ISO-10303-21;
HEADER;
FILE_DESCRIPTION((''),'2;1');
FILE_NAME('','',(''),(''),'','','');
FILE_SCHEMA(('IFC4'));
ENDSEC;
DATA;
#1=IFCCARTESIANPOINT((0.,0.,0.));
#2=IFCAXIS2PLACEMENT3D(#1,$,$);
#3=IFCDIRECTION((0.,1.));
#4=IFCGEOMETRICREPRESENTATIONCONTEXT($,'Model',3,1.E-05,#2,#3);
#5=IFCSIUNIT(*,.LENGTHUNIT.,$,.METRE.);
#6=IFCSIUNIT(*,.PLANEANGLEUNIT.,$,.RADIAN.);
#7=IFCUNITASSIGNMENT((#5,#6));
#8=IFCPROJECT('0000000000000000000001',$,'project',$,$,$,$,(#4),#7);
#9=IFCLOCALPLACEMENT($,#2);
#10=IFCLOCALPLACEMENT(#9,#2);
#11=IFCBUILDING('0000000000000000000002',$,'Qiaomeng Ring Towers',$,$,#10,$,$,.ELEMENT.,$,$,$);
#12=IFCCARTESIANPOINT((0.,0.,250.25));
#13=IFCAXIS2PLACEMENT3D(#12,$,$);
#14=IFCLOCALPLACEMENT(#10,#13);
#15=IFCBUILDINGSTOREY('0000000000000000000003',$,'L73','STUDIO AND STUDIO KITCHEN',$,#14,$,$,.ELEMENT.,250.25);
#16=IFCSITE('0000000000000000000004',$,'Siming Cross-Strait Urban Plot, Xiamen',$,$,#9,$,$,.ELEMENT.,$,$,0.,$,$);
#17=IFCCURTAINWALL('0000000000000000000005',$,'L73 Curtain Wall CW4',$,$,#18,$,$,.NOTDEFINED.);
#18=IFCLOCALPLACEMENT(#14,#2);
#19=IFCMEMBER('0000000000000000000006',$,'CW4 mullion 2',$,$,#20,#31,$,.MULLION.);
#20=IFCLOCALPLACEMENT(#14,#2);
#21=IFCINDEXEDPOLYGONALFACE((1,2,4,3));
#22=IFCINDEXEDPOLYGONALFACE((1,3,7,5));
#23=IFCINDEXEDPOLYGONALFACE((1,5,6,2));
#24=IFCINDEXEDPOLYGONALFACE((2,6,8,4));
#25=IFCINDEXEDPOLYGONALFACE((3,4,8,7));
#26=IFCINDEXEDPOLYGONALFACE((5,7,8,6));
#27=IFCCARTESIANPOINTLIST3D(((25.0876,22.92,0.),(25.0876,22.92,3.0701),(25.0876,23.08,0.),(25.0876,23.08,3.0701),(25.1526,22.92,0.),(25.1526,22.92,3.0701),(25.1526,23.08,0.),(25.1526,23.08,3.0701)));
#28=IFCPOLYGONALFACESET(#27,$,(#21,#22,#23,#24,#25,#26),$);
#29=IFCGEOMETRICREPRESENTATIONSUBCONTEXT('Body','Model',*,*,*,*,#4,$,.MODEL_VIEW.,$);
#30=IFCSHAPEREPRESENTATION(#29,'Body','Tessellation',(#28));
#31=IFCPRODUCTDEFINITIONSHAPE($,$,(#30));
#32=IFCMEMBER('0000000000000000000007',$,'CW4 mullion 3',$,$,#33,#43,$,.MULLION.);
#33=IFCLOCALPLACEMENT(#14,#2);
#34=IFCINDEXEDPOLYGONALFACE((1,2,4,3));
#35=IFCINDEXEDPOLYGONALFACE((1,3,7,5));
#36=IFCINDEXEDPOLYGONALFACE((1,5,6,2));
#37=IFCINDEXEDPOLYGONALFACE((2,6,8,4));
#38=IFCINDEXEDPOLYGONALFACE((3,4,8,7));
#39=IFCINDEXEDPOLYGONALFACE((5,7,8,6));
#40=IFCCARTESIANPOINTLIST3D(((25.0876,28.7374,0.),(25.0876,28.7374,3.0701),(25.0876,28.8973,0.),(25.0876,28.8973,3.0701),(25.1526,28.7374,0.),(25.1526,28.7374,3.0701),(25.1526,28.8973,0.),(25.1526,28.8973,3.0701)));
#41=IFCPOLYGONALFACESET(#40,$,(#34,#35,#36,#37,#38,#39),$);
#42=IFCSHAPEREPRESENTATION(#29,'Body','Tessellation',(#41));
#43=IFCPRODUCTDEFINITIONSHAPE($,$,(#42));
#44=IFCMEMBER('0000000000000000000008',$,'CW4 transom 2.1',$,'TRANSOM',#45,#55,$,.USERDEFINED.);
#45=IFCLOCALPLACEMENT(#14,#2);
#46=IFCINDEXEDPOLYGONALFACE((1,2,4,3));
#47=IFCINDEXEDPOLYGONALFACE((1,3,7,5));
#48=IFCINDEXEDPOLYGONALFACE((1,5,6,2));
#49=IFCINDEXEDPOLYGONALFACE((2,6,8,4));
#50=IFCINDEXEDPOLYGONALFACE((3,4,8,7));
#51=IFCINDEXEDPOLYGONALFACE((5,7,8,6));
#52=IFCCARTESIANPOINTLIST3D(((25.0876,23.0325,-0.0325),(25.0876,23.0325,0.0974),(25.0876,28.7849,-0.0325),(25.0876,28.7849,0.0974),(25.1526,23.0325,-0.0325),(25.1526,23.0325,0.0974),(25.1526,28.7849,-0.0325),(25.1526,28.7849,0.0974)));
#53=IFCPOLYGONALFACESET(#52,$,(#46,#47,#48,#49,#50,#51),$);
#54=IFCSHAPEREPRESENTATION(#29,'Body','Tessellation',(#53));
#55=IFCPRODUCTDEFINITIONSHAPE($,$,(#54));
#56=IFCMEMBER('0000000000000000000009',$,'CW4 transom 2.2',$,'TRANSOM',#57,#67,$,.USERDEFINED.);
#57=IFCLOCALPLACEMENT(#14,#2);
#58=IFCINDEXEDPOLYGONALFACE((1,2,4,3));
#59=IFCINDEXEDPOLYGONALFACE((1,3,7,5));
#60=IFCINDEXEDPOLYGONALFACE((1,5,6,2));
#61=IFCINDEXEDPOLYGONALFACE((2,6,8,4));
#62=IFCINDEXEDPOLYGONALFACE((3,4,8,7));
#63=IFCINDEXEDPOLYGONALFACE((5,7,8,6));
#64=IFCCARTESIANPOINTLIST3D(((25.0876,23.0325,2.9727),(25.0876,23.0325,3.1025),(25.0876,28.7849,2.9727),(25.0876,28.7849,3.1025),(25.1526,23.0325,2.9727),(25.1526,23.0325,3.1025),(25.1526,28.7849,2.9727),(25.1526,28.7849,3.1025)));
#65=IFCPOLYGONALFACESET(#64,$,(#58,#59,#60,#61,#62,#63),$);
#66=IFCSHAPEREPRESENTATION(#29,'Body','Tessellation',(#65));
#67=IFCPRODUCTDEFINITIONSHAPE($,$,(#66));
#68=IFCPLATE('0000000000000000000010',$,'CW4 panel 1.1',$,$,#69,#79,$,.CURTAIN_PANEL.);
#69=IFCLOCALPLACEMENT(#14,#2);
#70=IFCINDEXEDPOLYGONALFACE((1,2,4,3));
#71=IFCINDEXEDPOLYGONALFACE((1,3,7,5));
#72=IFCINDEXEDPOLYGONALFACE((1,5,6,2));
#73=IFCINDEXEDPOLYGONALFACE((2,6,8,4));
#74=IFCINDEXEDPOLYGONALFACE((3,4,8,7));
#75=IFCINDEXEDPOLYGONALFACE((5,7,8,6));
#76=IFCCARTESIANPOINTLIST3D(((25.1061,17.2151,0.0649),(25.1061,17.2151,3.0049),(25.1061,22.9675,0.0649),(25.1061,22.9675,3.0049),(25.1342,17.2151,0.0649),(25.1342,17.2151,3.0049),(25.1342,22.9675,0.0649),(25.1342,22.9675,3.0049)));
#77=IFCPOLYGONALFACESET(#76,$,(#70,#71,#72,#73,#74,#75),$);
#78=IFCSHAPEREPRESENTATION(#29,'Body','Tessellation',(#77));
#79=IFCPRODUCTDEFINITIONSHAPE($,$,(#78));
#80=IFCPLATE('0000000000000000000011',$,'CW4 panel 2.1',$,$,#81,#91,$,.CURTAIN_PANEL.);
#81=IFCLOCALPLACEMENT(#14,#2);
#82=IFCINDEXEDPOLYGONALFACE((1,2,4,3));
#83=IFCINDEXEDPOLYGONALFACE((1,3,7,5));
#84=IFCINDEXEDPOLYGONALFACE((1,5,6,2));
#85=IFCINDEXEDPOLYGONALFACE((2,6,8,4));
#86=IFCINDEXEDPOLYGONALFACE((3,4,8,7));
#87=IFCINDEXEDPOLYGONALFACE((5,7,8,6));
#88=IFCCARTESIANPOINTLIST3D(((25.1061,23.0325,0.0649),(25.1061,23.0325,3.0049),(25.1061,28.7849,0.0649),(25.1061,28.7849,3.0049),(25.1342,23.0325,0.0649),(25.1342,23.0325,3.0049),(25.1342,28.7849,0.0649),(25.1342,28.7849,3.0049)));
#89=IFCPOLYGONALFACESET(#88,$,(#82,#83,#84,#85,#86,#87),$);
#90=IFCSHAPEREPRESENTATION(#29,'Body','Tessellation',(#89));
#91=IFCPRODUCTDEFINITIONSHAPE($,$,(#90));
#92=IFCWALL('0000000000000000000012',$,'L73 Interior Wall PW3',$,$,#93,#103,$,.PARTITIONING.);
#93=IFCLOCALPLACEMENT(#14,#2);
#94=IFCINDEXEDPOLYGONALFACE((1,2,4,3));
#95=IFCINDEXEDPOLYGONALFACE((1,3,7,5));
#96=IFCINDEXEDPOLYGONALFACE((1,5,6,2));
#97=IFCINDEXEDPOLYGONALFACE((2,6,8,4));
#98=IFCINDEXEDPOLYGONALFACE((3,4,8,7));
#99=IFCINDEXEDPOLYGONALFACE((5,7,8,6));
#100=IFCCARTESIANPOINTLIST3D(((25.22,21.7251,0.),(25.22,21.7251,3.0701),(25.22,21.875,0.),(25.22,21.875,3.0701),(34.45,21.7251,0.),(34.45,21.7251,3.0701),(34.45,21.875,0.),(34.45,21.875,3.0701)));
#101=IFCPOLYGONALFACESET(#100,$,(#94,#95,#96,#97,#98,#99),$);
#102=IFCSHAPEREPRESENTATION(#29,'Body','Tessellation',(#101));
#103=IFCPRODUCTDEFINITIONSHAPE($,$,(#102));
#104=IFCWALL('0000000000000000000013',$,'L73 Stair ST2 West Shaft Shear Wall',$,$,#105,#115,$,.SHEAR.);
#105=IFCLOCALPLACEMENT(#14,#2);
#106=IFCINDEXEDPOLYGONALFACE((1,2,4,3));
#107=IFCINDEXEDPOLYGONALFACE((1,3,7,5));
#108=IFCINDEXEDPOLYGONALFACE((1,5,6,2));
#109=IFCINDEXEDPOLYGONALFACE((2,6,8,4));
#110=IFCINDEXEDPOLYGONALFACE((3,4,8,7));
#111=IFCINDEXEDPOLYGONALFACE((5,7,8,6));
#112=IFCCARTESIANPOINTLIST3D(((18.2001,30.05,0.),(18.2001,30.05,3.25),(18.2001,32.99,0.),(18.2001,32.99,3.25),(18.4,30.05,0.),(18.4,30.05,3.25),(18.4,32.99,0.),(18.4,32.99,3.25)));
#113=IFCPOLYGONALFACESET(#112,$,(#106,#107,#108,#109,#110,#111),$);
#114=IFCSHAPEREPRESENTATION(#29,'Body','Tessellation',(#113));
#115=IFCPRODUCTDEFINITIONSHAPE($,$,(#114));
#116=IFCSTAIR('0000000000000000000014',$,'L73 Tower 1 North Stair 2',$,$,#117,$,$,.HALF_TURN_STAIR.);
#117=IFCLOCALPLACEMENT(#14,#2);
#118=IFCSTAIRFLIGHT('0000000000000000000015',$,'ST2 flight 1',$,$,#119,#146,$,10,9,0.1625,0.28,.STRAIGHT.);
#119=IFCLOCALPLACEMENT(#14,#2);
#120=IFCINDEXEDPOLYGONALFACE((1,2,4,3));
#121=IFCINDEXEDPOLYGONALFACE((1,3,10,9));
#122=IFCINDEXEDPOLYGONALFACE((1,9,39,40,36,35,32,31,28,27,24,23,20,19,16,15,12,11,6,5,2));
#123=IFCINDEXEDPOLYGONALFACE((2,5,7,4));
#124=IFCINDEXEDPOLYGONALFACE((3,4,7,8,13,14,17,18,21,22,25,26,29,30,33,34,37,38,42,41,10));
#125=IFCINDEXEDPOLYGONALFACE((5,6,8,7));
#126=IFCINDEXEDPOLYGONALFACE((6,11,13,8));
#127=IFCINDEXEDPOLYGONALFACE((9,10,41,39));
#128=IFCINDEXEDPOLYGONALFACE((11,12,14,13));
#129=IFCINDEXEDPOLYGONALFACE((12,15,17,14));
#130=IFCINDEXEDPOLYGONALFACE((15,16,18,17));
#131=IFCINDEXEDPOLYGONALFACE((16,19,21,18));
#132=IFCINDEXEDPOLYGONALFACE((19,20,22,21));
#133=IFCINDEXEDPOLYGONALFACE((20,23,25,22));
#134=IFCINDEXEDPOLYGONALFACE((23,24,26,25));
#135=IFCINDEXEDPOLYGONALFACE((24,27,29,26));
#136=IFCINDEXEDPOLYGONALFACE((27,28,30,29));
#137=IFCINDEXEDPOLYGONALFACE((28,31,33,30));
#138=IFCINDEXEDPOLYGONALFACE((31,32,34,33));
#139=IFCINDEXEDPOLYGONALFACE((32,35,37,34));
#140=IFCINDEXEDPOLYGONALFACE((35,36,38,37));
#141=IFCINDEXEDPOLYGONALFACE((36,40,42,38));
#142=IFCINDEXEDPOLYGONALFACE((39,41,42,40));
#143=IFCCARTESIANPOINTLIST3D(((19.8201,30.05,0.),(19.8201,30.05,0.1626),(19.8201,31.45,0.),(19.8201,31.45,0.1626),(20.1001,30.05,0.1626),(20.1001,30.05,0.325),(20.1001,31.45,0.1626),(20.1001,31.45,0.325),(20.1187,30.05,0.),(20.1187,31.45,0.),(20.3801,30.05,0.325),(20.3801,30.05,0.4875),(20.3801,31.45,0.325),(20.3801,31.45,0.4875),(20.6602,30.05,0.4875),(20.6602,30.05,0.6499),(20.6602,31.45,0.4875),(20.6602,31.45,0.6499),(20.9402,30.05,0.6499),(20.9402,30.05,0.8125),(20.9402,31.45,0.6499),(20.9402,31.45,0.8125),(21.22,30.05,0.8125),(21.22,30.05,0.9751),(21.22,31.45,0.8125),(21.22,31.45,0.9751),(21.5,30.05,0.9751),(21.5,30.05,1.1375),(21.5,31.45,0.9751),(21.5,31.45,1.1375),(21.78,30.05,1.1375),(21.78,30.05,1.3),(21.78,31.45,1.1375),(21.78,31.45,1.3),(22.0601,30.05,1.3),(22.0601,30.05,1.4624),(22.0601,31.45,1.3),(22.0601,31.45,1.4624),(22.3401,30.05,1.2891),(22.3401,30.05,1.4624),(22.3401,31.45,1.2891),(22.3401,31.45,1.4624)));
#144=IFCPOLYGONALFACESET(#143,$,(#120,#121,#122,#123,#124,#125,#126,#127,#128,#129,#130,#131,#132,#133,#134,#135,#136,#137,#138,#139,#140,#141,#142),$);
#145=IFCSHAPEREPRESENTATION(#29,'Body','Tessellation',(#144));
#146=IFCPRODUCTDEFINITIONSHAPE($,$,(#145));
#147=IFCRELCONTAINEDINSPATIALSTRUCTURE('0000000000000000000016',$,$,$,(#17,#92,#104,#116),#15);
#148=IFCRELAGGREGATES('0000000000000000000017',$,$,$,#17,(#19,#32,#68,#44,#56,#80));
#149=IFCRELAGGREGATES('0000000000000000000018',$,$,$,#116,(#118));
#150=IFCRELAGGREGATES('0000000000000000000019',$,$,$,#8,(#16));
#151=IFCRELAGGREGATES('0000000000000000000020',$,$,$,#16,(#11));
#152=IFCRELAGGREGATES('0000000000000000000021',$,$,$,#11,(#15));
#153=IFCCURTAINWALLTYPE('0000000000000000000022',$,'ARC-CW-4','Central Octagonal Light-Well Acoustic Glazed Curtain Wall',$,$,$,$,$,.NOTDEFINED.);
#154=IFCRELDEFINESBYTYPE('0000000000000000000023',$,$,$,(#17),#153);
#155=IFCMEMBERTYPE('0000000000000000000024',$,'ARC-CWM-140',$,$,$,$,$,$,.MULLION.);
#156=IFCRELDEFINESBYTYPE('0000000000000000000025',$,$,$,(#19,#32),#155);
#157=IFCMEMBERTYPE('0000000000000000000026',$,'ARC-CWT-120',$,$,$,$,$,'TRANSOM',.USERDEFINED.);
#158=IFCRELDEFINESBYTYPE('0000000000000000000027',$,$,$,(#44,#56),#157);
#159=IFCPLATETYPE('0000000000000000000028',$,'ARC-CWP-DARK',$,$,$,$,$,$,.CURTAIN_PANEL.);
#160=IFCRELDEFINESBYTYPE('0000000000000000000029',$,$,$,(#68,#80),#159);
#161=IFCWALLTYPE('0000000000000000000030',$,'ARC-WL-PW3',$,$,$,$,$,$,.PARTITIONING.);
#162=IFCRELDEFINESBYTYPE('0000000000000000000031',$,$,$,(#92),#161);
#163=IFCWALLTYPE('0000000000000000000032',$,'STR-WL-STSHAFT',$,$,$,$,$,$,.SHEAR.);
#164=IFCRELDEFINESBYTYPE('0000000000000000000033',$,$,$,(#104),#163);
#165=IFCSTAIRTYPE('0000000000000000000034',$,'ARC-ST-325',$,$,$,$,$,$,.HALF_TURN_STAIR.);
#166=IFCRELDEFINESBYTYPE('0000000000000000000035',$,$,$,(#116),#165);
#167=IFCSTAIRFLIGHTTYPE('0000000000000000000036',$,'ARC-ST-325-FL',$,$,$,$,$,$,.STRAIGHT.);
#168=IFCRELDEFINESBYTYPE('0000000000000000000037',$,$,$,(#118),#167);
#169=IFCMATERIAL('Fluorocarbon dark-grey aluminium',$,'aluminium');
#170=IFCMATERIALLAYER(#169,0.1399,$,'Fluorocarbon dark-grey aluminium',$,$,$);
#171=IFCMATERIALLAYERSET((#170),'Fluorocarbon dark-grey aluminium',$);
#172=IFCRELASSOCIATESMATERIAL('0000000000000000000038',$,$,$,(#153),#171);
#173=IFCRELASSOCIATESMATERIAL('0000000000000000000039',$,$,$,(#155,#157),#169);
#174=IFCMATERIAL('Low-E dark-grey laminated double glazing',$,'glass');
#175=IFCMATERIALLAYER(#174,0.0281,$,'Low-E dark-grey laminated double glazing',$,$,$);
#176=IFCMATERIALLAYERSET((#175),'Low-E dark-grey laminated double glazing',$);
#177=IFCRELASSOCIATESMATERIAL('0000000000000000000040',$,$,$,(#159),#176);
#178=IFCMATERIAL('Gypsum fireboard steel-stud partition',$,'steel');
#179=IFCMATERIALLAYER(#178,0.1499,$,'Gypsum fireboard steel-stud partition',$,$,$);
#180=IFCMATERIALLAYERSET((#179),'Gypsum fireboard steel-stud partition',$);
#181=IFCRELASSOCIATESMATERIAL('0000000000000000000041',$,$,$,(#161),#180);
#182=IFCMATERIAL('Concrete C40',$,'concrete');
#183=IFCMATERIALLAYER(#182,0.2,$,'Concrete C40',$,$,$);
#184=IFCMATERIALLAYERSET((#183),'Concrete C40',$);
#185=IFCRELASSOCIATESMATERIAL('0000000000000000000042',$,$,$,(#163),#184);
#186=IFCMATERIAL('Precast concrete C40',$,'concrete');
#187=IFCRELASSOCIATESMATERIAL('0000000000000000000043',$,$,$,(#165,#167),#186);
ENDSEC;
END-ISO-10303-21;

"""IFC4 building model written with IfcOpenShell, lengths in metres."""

from ifc_helpers import new_model, si_unit, direction, frame, frame_2d, origin, origin_2d, place, context, subcontext, project, spatial, polyline, rectangle, outline, extrude, source, transform, mapped, material, layer, layer_set, material_profile, profile_set, type_object, element, aggregate, save


model = new_model("IFC4")

# Units and contexts
model_context = context("Model", 3, precision=1e-05, world=origin(), true_north=direction((0.0, 1.0)))
body_context = subcontext(model_context, "Body", "Model", "MODEL_VIEW")
ifc_project = project(units=[si_unit("LENGTHUNIT", "METRE"), si_unit("PLANEANGLEUNIT", "RADIAN")], contexts=[model_context])

# Site, building, storey
site_placement = place(None, origin())
site = spatial("IfcSite", under=ifc_project, at=site_placement, Name="Siming Cross-Strait Urban Plot, Xiamen", CompositionType="ELEMENT", RefElevation=0.0)
building_placement = place(site_placement, origin())
building = spatial("IfcBuilding", under=site, at=building_placement, Name="Qiaomeng Ring Towers", CompositionType="ELEMENT")
storey_placement = place(building_placement, frame((0.0, 0.0, 250.25)))
storey = spatial("IfcBuildingStorey", under=building, at=storey_placement, Name="L73", Description="STUDIO AND STUDIO KITCHEN", CompositionType="ELEMENT", Elevation=250.25)

# Curtain wall, members, plates
ifc_material_1 = material(Name="Fluorocarbon dark-grey aluminium", Category="aluminium")
ifc_layer_1 = layer(ifc_material_1, 0.1399, Name="Fluorocarbon dark-grey aluminium")
ifc_layer_set_1 = layer_set([ifc_layer_1], Name="Fluorocarbon dark-grey aluminium")
curtain_wall_type = type_object("IfcCurtainWallType", Name="ARC-CW-4", Description="Central Octagonal Light-Well Acoustic Glazed Curtain Wall", PredefinedType="NOTDEFINED", material=ifc_layer_set_1)
curtain_wall_placement = place(storey_placement, origin())
curtain_wall = element("IfcCurtainWall", 1, at=curtain_wall_placement, inside=storey, type_object=curtain_wall_type, Name="L73 Curtain Wall CW4", PredefinedType="NOTDEFINED")
ifc_material_profile_1 = material_profile(ifc_material_1, rectangle(XDim=0.0649, YDim=0.1599, at=origin_2d()), Name="ALU MULL 65x160")
ifc_profile_set_1 = profile_set([ifc_material_profile_1], Name="Fluorocarbon dark-grey aluminium")
member_type_1 = type_object("IfcMemberType", Name="ARC-CWM-140", PredefinedType="MULLION", material=ifc_profile_set_1)
shared_shape_1 = source(origin(), body_context, "Body", "SweptSolid", [
    extrude(rectangle(XDim=0.0649, YDim=0.1599, at=origin_2d()), origin(), (0.0, 0.0, 1.0), 3.0701),
])
member_1_placement = place(storey_placement, frame((25.1201, 23.0, 0.0), z_axis=(0.0, 0.0, 1.0), x_axis=(-1.0, 0.0, 0.0)))
member_1 = element("IfcMember", 2, at=member_1_placement, type_object=member_type_1, Name="CW4 mullion 2", PredefinedType="MULLION", context=body_context, shape_type="MappedRepresentation", body=[
    mapped(shared_shape_1, transform((0.0, 0.0, 0.0), x_axis=(1.0, 0.0, 0.0), y_axis=(0.0, 1.0, 0.0), z_axis=(0.0, 0.0, 1.0), scale=1.0)),
])
member_2_placement = place(storey_placement, frame((25.1201, 28.8174, 0.0), z_axis=(0.0, 0.0, 1.0), x_axis=(-1.0, 0.0, 0.0)))
member_2 = element("IfcMember", 3, at=member_2_placement, type_object=member_type_1, Name="CW4 mullion 3", PredefinedType="MULLION", context=body_context, shape_type="MappedRepresentation", body=[
    mapped(shared_shape_1, transform((0.0, 0.0, 0.0), x_axis=(1.0, 0.0, 0.0), y_axis=(0.0, 1.0, 0.0), z_axis=(0.0, 0.0, 1.0), scale=1.0)),
])
ifc_material_profile_2 = material_profile(ifc_material_1, rectangle(XDim=0.0649, YDim=0.1299, at=origin_2d()), Name="ALU TRAN 65x130")
ifc_profile_set_2 = profile_set([ifc_material_profile_2], Name="Fluorocarbon dark-grey aluminium")
member_type_2 = type_object("IfcMemberType", Name="ARC-CWT-120", ElementType="TRANSOM", PredefinedType="USERDEFINED", material=ifc_profile_set_2)
shared_shape_2 = source(origin(), body_context, "Body", "SweptSolid", [
    extrude(rectangle(XDim=0.0649, YDim=0.1299, at=origin_2d()), origin(), (0.0, 0.0, 1.0), 5.7524),
])
member_3_placement = place(storey_placement, frame((25.1201, 23.0325, 0.0325), z_axis=(0.0, 1.0, 0.0), x_axis=(-1.0, 0.0, 0.0)))
member_3 = element("IfcMember", 4, at=member_3_placement, type_object=member_type_2, Name="CW4 transom 2.1", ObjectType="TRANSOM", PredefinedType="USERDEFINED", context=body_context, shape_type="MappedRepresentation", body=[
    mapped(shared_shape_2, transform((0.0, 0.0, 0.0), x_axis=(1.0, 0.0, 0.0), y_axis=(0.0, 1.0, 0.0), z_axis=(0.0, 0.0, 1.0), scale=1.0)),
])
member_4_placement = place(storey_placement, frame((25.1201, 23.0325, 3.0376), z_axis=(0.0, 1.0, 0.0), x_axis=(-1.0, 0.0, 0.0)))
member_4 = element("IfcMember", 5, at=member_4_placement, type_object=member_type_2, Name="CW4 transom 2.2", ObjectType="TRANSOM", PredefinedType="USERDEFINED", context=body_context, shape_type="MappedRepresentation", body=[
    mapped(shared_shape_2, transform((0.0, 0.0, 0.0), x_axis=(1.0, 0.0, 0.0), y_axis=(0.0, 1.0, 0.0), z_axis=(0.0, 0.0, 1.0), scale=1.0)),
])
ifc_material_2 = material(Name="Low-E dark-grey laminated double glazing", Category="glass")
ifc_layer_2 = layer(ifc_material_2, 0.0281, Name="Low-E dark-grey laminated double glazing")
ifc_layer_set_2 = layer_set([ifc_layer_2], Name="Low-E dark-grey laminated double glazing")
plate_type = type_object("IfcPlateType", Name="ARC-CWP-DARK", PredefinedType="CURTAIN_PANEL", material=ifc_layer_set_2)
shared_shape_3 = source(origin(), body_context, "Body", "SweptSolid", [
    extrude(rectangle(XDim=5.7524, YDim=0.0281, at=origin_2d()), origin(), (0.0, 0.0, 1.0), 2.9399),
])
plate_1_placement = place(storey_placement, frame((25.1201, 20.0913, 0.0649), z_axis=(0.0, 0.0, 1.0), x_axis=(0.0, 1.0, 0.0)))
plate_1 = element("IfcPlate", 6, at=plate_1_placement, type_object=plate_type, Name="CW4 panel 1.1", PredefinedType="CURTAIN_PANEL", context=body_context, shape_type="MappedRepresentation", body=[
    mapped(shared_shape_3, transform((0.0, 0.0, 0.0), x_axis=(1.0, 0.0, 0.0), y_axis=(0.0, 1.0, 0.0), z_axis=(0.0, 0.0, 1.0), scale=1.0)),
])
plate_2_placement = place(storey_placement, frame((25.1201, 25.9087, 0.0649), z_axis=(0.0, 0.0, 1.0), x_axis=(0.0, 1.0, 0.0)))
plate_2 = element("IfcPlate", 7, at=plate_2_placement, type_object=plate_type, Name="CW4 panel 2.1", PredefinedType="CURTAIN_PANEL", context=body_context, shape_type="MappedRepresentation", body=[
    mapped(shared_shape_3, transform((0.0, 0.0, 0.0), x_axis=(1.0, 0.0, 0.0), y_axis=(0.0, 1.0, 0.0), z_axis=(0.0, 0.0, 1.0), scale=1.0)),
])
aggregate(curtain_wall, [member_1, member_2, plate_1, member_3, member_4, plate_2])

# Walls
ifc_material_3 = material(Name="Gypsum fireboard steel-stud partition", Category="steel")
ifc_layer_3 = layer(ifc_material_3, 0.1499, Name="Gypsum fireboard steel-stud partition")
ifc_layer_set_3 = layer_set([ifc_layer_3], Name="Gypsum fireboard steel-stud partition")
wall_type_1 = type_object("IfcWallType", Name="ARC-WL-PW3", PredefinedType="PARTITIONING", material=ifc_layer_set_3)
wall_1_placement = place(storey_placement, frame((25.22, 21.8, 0.0), z_axis=(0.0, 0.0, 1.0), x_axis=(1.0, 0.0, 0.0)))
element("IfcWall", 8, at=wall_1_placement, inside=storey, type_object=wall_type_1, Name="L73 Interior Wall PW3", PredefinedType="PARTITIONING", context=body_context, shape_type="SweptSolid", body=[
    extrude(rectangle(XDim=9.23, YDim=0.1499, at=frame_2d((4.615, 0.0))), origin(), (0.0, 0.0, 1.0), 3.0701),
])
ifc_material_4 = material(Name="Concrete C40", Category="concrete")
ifc_layer_4 = layer(ifc_material_4, 0.2, Name="Concrete C40")
ifc_layer_set_4 = layer_set([ifc_layer_4], Name="Concrete C40")
wall_type_2 = type_object("IfcWallType", Name="STR-WL-STSHAFT", PredefinedType="SHEAR", material=ifc_layer_set_4)
wall_2_placement = place(storey_placement, frame((18.3, 30.05, 0.0), z_axis=(0.0, 0.0, 1.0), x_axis=(0.0, 1.0, 0.0)))
element("IfcWall", 9, at=wall_2_placement, inside=storey, type_object=wall_type_2, Name="L73 Stair ST2 West Shaft Shear Wall", PredefinedType="SHEAR", context=body_context, shape_type="SweptSolid", body=[
    extrude(rectangle(XDim=2.9399, YDim=0.2, at=frame_2d((1.47, 0.0))), origin(), (0.0, 0.0, 1.0), 3.25),
])

# Stair, stair flight
ifc_material_5 = material(Name="Precast concrete C40", Category="concrete")
stair_type = type_object("IfcStairType", Name="ARC-ST-325", PredefinedType="HALF_TURN_STAIR", material=ifc_material_5)
stair_placement = place(storey_placement, origin())
stair = element("IfcStair", 10, at=stair_placement, inside=storey, type_object=stair_type, Name="L73 Tower 1 North Stair 2", PredefinedType="HALF_TURN_STAIR")
stair_flight_type = type_object("IfcStairFlightType", Name="ARC-ST-325-FL", PredefinedType="STRAIGHT", material=ifc_material_5)
shared_shape_4 = source(origin(), body_context, "Body", "SweptSolid", [
    extrude(outline(polyline([(0.0, 0.0), (0.0, 0.1626), (0.28, 0.1626), (0.28, 0.325), (0.5601, 0.325), (0.5601, 0.4875), (0.8401, 0.4875), (0.8401, 0.6499), (1.1201, 0.6499), (1.1201, 0.8125), (1.3999, 0.8125), (1.3999, 0.9751), (1.6799, 0.9751), (1.6799, 1.1375), (1.96, 1.1375), (1.96, 1.3), (2.24, 1.3), (2.24, 1.4624), (2.52, 1.4624), (2.52, 1.625), (2.52, 1.2891), (0.2986, 0.0), (0.0, 0.0)])), frame((0.0, 0.7, 0.0), z_axis=(0.0, -1.0, 0.0), x_axis=(1.0, 0.0, 0.0)), (0.0, 0.0, 1.0), 1.3999),
])
stair_flight_placement = place(storey_placement, frame((19.8201, 30.75, 0.0), z_axis=(0.0, 0.0, 1.0), x_axis=(1.0, 0.0, 0.0)))
stair_flight = element("IfcStairFlight", 11, at=stair_flight_placement, type_object=stair_flight_type, Name="ST2 flight 1", NumberOfRisers=10, NumberOfTreads=9, PredefinedType="STRAIGHT", RiserHeight=0.1625, TreadLength=0.28, context=body_context, shape_type="MappedRepresentation", body=[
    mapped(shared_shape_4, transform((0.0, 0.0, 0.0), x_axis=(1.0, 0.0, 0.0), y_axis=(0.0, 1.0, 0.0), z_axis=(0.0, 0.0, 1.0), scale=1.0)),
])
aggregate(stair, [stair_flight])

save(model, "model.ifc")
